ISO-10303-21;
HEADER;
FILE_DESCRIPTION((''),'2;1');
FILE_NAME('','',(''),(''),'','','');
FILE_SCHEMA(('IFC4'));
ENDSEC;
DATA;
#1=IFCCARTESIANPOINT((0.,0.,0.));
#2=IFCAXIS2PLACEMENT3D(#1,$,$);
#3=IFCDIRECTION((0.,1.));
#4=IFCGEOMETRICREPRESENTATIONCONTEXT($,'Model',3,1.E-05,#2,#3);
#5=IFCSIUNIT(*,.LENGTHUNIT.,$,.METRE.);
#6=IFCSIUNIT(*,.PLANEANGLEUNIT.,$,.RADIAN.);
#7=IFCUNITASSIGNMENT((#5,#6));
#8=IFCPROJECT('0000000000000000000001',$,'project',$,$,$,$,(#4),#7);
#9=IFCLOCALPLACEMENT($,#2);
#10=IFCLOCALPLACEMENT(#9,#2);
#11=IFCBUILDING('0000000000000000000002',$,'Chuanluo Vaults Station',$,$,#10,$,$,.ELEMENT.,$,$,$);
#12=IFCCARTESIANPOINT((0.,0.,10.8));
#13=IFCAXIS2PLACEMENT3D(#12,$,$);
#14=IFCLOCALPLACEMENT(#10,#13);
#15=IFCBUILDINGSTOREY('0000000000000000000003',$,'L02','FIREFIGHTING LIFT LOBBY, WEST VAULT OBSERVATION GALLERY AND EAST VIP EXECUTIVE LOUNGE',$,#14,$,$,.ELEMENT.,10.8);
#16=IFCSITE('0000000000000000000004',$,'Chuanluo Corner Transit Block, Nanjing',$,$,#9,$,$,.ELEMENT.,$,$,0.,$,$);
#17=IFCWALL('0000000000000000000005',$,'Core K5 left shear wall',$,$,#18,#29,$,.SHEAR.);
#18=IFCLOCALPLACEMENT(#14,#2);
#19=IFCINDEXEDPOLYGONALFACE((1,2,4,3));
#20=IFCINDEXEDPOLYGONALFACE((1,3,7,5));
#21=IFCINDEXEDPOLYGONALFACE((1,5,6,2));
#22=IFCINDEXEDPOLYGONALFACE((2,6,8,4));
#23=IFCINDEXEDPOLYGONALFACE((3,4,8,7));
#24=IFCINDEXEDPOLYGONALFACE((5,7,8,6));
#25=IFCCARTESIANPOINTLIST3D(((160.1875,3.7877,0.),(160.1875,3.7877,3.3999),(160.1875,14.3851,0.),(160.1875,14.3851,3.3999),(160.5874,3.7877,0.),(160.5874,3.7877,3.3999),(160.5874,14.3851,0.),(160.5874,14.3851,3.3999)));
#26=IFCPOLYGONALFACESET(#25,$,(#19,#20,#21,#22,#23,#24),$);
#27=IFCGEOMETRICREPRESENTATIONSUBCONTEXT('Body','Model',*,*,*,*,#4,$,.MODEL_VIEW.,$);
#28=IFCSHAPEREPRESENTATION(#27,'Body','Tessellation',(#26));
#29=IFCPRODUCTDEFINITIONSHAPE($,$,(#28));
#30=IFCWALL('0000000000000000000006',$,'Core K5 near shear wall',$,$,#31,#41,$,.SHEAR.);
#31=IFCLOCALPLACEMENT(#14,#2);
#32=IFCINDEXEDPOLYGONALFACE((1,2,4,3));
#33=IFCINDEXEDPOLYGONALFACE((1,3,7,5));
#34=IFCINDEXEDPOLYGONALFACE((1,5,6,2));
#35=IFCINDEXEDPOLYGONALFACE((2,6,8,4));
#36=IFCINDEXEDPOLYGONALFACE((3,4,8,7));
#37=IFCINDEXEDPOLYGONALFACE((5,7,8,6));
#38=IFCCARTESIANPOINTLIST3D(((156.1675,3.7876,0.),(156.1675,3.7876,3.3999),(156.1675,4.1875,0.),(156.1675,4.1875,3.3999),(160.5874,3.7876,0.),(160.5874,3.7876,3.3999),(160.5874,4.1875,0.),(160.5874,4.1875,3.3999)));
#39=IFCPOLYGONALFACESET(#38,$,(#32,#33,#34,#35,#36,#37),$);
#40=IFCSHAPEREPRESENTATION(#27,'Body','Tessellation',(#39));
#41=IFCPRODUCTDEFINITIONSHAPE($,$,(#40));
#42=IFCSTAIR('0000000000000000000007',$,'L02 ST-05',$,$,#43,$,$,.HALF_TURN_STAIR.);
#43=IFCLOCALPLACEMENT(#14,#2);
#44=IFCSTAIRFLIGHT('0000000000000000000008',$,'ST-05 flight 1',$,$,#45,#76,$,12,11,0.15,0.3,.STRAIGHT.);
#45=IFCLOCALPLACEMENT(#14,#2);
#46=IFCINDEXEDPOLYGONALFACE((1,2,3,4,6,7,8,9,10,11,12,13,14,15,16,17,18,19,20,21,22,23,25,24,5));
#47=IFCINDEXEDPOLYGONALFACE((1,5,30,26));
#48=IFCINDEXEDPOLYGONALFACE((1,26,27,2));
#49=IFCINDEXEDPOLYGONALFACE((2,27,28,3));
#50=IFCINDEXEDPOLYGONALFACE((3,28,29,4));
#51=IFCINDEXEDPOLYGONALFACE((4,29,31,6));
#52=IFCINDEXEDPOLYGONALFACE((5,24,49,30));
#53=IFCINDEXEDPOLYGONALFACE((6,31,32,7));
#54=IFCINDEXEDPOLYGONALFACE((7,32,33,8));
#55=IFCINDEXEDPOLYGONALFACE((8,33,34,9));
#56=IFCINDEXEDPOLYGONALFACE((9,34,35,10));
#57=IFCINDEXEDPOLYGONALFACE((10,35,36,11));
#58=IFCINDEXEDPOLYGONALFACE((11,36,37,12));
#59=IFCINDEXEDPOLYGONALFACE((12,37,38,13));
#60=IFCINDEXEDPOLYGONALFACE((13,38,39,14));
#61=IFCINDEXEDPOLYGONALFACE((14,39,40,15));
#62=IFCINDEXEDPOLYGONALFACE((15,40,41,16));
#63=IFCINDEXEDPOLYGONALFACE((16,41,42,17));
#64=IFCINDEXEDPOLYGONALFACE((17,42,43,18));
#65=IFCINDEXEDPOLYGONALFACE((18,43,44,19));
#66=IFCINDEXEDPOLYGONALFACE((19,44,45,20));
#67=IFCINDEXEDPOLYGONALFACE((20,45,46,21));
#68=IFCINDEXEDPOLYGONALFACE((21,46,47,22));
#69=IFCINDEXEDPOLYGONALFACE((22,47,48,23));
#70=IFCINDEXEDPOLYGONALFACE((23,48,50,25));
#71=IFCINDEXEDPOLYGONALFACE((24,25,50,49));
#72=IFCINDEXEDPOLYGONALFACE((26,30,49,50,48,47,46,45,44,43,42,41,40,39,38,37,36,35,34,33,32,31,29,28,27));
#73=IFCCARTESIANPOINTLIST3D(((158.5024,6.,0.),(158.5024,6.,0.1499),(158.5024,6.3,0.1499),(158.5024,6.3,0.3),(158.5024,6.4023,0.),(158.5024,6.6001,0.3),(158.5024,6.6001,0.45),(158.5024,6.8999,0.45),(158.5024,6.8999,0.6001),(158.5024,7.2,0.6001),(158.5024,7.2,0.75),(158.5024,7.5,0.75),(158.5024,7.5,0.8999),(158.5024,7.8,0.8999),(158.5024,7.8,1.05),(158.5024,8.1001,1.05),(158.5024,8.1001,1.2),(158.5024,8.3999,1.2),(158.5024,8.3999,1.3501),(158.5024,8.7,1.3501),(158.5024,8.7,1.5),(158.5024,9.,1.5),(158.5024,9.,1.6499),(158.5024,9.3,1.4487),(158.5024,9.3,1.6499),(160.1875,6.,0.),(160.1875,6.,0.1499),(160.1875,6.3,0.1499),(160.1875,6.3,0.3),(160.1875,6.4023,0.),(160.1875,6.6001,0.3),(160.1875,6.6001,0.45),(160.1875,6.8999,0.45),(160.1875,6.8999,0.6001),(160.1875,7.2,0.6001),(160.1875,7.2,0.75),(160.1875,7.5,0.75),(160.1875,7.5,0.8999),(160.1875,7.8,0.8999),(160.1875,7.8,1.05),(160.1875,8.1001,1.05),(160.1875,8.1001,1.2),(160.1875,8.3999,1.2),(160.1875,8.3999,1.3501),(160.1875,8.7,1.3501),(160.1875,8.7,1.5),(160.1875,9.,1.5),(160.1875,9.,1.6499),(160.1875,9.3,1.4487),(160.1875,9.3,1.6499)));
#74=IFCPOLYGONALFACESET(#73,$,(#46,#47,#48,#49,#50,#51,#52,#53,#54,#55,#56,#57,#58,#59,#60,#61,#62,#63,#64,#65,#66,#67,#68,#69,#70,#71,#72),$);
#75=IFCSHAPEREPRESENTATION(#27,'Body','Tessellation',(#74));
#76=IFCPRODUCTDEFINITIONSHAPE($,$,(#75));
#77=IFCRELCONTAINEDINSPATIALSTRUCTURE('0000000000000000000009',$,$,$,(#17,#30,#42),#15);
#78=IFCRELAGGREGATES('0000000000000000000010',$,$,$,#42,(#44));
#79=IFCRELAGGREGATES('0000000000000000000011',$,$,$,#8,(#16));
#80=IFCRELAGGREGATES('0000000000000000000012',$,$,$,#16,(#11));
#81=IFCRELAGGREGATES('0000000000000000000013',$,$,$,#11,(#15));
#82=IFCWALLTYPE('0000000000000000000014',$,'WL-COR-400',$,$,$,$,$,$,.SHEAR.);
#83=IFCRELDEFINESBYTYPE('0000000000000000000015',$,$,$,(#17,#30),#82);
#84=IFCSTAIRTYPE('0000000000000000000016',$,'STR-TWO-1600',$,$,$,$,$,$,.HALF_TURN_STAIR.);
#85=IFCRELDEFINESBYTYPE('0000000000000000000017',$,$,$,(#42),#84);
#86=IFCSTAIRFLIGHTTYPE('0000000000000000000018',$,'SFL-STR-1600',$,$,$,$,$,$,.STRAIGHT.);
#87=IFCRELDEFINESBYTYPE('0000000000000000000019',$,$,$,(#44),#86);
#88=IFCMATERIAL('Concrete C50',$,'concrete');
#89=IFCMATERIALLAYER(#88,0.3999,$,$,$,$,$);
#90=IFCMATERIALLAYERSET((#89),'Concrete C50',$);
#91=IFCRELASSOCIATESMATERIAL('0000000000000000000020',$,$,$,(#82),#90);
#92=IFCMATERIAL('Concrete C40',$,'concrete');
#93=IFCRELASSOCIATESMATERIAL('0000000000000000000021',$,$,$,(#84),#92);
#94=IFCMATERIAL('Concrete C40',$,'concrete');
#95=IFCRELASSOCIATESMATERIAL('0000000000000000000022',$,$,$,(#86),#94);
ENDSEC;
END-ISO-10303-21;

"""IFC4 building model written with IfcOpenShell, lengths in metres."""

from ifc_helpers import new_model, si_unit, direction, frame, frame_2d, origin, place, context, subcontext, project, spatial, polyline, rectangle, outline, extrude, material, layer, layer_set, type_object, element, aggregate, save


model = new_model("IFC4")

# Units and contexts
model_context = context("Model", 3, precision=1e-05, world=origin(), true_north=direction((0.0, 1.0)))
body_context = subcontext(model_context, "Body", "Model", "MODEL_VIEW")
ifc_project = project(units=[si_unit("LENGTHUNIT", "METRE"), si_unit("PLANEANGLEUNIT", "RADIAN")], contexts=[model_context])

# Site, building, storey
site_placement = place(None, origin())
site = spatial("IfcSite", under=ifc_project, at=site_placement, Name="Chuanluo Corner Transit Block, Nanjing", CompositionType="ELEMENT", RefElevation=0.0)
building_placement = place(site_placement, origin())
building = spatial("IfcBuilding", under=site, at=building_placement, Name="Chuanluo Vaults Station", CompositionType="ELEMENT")
storey_placement = place(building_placement, frame((0.0, 0.0, 10.8)))
storey = spatial("IfcBuildingStorey", under=building, at=storey_placement, Name="L02", Description="FIREFIGHTING LIFT LOBBY, WEST VAULT OBSERVATION GALLERY AND EAST VIP EXECUTIVE LOUNGE", CompositionType="ELEMENT", Elevation=10.8)

# Walls
ifc_material_1 = material(Name="Concrete C50", Category="concrete")
ifc_layer_1 = layer(ifc_material_1, 0.3999)
ifc_layer_set_1 = layer_set([ifc_layer_1], Name="Concrete C50")
wall_type = type_object("IfcWallType", Name="WL-COR-400", PredefinedType="SHEAR", material=ifc_layer_set_1)
wall_1_placement = place(storey_placement, frame((160.3875, 3.7876, 0.0), z_axis=(0.0, 0.0, 1.0), x_axis=(0.0, 1.0, 0.0)))
element("IfcWall", 1, at=wall_1_placement, inside=storey, type_object=wall_type, Name="Core K5 left shear wall", PredefinedType="SHEAR", context=body_context, shape_type="SweptSolid", body=[
    extrude(rectangle(XDim=10.5974, YDim=0.3999, at=frame_2d((5.2988, 0.0))), origin(), (0.0, 0.0, 1.0), 3.3999),
])
wall_2_placement = place(storey_placement, frame((156.1675, 3.9875, 0.0), z_axis=(0.0, 0.0, 1.0), x_axis=(1.0, 0.0, 0.0)))
element("IfcWall", 2, at=wall_2_placement, inside=storey, type_object=wall_type, Name="Core K5 near shear wall", PredefinedType="SHEAR", context=body_context, shape_type="SweptSolid", body=[
    extrude(rectangle(XDim=4.4199, YDim=0.3999, at=frame_2d((2.21, 0.0))), origin(), (0.0, 0.0, 1.0), 3.3999),
])

# Stair, stair flight
ifc_material_2 = material(Name="Concrete C40", Category="concrete")
stair_type = type_object("IfcStairType", Name="STR-TWO-1600", PredefinedType="HALF_TURN_STAIR", material=ifc_material_2)
stair_placement = place(storey_placement, origin())
stair = element("IfcStair", 3, at=stair_placement, inside=storey, type_object=stair_type, Name="L02 ST-05", PredefinedType="HALF_TURN_STAIR")
ifc_material_3 = material(Name="Concrete C40", Category="concrete")
stair_flight_type = type_object("IfcStairFlightType", Name="SFL-STR-1600", PredefinedType="STRAIGHT", material=ifc_material_3)
stair_flight_placement = place(storey_placement, frame((159.345, 6.0, 0.0), z_axis=(0.0, 0.0, 1.0), x_axis=(0.0, 1.0, 0.0)))
stair_flight = element("IfcStairFlight", 4, at=stair_flight_placement, type_object=stair_flight_type, Name="ST-05 flight 1", NumberOfRisers=12, NumberOfTreads=11, PredefinedType="STRAIGHT", RiserHeight=0.15, TreadLength=0.3, context=body_context, shape_type="SweptSolid", body=[
    extrude(outline(polyline([(0.0, 0.0), (0.0, 0.1499), (0.3, 0.1499), (0.3, 0.3), (0.6001, 0.3), (0.6001, 0.45), (0.8999, 0.45), (0.8999, 0.6001), (1.2, 0.6001), (1.2, 0.75), (1.5, 0.75), (1.5, 0.8999), (1.8, 0.8999), (1.8, 1.05), (2.1001, 1.05), (2.1001, 1.2), (2.3999, 1.2), (2.3999, 1.3501), (2.7, 1.3501), (2.7, 1.5), (3.0, 1.5), (3.0, 1.6499), (3.3, 1.6499), (3.3, 1.8), (3.3, 1.4487), (0.4023, 0.0), (0.0, 0.0)])), frame((0.0, 0.8425, 0.0), z_axis=(0.0, -1.0, 0.0), x_axis=(1.0, 0.0, 0.0)), (0.0, 0.0, 1.0), 1.6851),
])
aggregate(stair, [stair_flight])

save(model, "model.ifc")
